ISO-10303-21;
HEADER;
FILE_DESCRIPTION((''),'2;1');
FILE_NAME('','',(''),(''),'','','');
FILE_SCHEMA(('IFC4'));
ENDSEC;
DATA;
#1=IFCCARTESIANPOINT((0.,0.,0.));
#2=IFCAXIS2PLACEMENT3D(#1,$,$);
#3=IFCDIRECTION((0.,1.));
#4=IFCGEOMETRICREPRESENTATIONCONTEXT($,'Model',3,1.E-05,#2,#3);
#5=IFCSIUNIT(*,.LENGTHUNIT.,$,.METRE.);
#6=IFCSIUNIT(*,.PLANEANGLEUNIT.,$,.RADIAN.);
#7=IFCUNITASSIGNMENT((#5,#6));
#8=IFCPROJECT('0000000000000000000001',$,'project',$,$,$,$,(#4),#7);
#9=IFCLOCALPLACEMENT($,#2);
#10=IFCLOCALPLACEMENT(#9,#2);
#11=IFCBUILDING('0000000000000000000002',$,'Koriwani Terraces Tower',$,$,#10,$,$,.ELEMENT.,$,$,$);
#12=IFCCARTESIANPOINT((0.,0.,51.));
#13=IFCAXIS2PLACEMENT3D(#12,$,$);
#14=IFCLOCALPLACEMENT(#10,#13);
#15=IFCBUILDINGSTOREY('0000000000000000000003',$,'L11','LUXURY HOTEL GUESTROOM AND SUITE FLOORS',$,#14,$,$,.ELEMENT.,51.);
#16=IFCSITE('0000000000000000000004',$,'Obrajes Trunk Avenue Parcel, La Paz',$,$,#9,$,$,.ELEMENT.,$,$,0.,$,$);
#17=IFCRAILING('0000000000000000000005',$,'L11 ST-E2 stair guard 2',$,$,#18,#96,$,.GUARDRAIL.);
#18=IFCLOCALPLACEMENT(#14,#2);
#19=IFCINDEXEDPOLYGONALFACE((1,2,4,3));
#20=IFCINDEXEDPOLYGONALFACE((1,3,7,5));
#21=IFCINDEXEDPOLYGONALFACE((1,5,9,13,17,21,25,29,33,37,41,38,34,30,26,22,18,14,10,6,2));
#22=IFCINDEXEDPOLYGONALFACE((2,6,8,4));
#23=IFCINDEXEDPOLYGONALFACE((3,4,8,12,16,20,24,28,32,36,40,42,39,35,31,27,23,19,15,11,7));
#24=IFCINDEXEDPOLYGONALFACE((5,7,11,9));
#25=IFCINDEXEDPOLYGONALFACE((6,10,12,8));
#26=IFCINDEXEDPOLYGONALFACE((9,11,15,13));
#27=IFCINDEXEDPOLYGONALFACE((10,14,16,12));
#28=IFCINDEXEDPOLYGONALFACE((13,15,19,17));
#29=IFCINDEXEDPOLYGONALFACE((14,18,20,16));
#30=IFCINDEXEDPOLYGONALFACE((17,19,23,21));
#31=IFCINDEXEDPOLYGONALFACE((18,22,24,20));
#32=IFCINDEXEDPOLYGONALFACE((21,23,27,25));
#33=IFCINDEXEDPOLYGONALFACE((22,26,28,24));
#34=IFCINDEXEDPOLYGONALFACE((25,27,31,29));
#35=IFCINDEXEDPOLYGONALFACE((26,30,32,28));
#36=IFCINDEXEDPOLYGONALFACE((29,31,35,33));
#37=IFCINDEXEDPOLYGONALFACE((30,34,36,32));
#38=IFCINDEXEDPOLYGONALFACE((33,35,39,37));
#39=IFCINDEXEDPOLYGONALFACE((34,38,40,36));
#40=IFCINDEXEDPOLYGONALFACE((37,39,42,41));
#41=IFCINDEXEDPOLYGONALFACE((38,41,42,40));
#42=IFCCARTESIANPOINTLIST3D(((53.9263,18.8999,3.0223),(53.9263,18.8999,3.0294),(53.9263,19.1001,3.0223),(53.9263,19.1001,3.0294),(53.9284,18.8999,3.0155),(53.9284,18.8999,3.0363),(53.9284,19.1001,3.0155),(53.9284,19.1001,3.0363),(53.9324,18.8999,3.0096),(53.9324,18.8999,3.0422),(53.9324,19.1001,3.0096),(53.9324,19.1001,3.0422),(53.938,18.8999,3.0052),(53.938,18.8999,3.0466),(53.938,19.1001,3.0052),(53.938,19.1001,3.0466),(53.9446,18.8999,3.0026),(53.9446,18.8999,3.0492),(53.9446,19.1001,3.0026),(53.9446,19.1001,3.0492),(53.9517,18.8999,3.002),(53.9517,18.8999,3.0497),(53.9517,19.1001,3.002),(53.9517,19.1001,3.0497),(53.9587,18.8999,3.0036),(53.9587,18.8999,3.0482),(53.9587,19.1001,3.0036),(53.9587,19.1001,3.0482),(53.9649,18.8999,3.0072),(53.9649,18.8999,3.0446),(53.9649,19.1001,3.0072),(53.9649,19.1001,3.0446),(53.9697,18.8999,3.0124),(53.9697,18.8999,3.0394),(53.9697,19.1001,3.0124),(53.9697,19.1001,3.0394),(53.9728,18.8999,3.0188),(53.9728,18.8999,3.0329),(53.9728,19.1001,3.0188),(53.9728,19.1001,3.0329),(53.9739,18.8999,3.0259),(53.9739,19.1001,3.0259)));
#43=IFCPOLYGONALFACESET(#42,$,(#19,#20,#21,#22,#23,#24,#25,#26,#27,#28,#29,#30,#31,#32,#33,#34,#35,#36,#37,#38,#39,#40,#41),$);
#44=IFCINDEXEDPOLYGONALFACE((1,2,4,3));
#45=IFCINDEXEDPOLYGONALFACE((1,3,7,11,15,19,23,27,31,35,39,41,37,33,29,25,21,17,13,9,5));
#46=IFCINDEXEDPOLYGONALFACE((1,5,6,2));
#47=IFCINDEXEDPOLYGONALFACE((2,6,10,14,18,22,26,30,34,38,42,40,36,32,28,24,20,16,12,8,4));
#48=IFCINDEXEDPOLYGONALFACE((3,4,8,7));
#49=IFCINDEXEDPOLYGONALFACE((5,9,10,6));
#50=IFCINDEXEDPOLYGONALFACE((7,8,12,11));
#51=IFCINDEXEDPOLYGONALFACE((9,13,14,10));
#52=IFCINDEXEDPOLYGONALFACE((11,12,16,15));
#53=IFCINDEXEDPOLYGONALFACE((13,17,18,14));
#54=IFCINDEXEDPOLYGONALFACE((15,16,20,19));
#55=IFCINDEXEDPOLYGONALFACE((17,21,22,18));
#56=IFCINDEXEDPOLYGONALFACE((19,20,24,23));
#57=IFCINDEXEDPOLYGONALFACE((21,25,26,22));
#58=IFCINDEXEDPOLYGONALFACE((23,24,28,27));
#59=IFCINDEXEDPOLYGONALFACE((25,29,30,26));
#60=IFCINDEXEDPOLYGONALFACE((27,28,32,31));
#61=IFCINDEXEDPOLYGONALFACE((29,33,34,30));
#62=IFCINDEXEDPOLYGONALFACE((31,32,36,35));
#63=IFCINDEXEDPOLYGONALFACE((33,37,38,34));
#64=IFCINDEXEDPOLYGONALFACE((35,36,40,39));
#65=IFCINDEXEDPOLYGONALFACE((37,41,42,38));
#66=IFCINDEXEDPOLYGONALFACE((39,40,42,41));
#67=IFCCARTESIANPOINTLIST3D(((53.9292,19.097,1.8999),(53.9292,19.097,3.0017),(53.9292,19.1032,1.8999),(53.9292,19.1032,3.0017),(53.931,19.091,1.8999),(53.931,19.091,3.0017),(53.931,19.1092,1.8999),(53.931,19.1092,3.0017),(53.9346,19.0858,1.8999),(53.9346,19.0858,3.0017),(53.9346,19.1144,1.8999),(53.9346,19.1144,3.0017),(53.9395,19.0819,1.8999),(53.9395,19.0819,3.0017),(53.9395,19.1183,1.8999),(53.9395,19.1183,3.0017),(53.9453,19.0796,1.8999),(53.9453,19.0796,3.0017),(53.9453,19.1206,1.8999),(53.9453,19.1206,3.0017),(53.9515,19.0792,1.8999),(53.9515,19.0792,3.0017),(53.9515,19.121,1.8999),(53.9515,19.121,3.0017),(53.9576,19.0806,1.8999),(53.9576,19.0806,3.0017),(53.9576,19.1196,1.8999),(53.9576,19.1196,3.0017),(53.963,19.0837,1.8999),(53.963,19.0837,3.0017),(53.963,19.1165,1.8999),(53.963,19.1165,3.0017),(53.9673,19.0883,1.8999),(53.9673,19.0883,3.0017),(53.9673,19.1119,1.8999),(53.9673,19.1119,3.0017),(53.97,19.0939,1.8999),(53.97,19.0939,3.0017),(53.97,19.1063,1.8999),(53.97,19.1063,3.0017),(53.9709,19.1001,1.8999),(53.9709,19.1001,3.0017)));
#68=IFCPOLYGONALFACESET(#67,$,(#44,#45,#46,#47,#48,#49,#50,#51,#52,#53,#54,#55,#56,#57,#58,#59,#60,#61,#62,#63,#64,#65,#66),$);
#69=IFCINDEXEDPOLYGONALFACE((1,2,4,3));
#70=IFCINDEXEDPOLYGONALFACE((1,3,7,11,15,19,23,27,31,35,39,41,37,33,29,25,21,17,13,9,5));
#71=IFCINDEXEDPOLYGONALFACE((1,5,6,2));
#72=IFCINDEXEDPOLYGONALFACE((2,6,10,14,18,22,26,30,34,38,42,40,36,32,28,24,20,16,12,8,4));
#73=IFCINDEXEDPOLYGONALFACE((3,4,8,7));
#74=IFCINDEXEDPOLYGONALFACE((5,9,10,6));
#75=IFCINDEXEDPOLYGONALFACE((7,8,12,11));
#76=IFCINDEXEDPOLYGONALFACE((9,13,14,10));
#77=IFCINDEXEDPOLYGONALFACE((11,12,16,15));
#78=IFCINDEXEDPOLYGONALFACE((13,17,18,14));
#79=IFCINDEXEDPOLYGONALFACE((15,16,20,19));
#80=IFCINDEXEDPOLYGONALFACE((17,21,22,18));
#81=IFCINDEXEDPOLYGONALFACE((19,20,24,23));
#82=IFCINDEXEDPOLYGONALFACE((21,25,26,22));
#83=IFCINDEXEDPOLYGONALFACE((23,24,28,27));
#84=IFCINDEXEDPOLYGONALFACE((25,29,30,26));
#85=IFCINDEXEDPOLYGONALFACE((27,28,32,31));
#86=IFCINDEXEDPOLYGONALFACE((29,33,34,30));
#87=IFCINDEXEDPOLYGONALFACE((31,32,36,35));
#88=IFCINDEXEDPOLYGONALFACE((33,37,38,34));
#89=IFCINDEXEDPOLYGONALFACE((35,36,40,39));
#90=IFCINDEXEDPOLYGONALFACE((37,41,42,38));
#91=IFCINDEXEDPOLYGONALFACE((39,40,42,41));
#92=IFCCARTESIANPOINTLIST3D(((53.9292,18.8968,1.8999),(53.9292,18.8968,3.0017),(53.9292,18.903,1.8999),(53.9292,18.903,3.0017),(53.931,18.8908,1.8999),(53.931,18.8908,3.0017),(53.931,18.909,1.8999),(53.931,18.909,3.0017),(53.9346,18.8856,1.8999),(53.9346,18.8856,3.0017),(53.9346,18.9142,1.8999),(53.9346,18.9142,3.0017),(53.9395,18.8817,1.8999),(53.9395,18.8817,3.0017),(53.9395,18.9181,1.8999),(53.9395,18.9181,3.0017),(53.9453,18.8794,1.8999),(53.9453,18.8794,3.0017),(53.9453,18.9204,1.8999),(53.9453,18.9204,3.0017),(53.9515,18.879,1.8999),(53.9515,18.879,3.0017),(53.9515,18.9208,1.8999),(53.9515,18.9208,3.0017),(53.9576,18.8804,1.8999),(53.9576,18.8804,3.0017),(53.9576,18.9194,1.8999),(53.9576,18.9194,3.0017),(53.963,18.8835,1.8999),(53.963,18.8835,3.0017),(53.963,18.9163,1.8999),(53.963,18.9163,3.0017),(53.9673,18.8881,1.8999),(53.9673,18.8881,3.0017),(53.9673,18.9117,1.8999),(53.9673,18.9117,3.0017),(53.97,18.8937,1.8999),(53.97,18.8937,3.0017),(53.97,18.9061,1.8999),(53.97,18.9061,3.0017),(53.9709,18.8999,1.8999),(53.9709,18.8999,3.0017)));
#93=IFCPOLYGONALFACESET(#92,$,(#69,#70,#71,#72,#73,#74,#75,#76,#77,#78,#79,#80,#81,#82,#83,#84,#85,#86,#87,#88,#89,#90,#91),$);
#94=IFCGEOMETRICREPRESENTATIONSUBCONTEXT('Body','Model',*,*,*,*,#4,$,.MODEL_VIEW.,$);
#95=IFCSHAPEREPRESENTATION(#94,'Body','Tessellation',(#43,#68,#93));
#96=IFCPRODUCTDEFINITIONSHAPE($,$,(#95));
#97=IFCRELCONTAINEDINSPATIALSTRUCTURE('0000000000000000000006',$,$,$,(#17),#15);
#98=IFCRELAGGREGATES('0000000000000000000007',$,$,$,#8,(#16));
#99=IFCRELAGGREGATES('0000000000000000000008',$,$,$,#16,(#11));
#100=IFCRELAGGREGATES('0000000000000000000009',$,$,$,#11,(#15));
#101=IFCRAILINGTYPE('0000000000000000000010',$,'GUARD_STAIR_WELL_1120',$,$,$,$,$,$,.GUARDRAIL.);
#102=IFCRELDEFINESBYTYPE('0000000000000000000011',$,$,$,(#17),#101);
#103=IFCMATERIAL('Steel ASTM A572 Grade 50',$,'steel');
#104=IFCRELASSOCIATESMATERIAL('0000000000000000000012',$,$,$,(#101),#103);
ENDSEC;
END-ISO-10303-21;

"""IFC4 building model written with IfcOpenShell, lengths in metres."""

from ifc_helpers import new_model, si_unit, direction, frame, origin, origin_2d, place, context, subcontext, project, spatial, circle, extrude, material, type_object, element, save


model = new_model("IFC4")

# Units and contexts
model_context = context("Model", 3, precision=1e-05, world=origin(), true_north=direction((0.0, 1.0)))
body_context = subcontext(model_context, "Body", "Model", "MODEL_VIEW")
ifc_project = project(units=[si_unit("LENGTHUNIT", "METRE"), si_unit("PLANEANGLEUNIT", "RADIAN")], contexts=[model_context])

# Site, building, storey
site_placement = place(None, origin())
site = spatial("IfcSite", under=ifc_project, at=site_placement, Name="Obrajes Trunk Avenue Parcel, La Paz", CompositionType="ELEMENT", RefElevation=0.0)
building_placement = place(site_placement, origin())
building = spatial("IfcBuilding", under=site, at=building_placement, Name="Koriwani Terraces Tower", CompositionType="ELEMENT")
storey_placement = place(building_placement, frame((0.0, 0.0, 51.0)))
storey = spatial("IfcBuildingStorey", under=building, at=storey_placement, Name="L11", Description="LUXURY HOTEL GUESTROOM AND SUITE FLOORS", CompositionType="ELEMENT", Elevation=51.0)

# Shared definitions
ifc_material_1 = material(Name="Steel ASTM A572 Grade 50", Category="steel")

# Railing
railing_type_1 = type_object("IfcRailingType", Name="GUARD_STAIR_WELL_1120", PredefinedType="GUARDRAIL", material=ifc_material_1)
railing_1_placement = place(storey_placement, frame((53.95, 19.1001, 1.8999)))
element("IfcRailing", 1, at=railing_1_placement, inside=storey, type_object=railing_type_1, Name="L11 ST-E2 stair guard 2", PredefinedType="GUARDRAIL", context=body_context, shape_type="SweptSolid", body=[
    extrude(circle(Radius=0.0239, at=origin_2d()), frame((0.0, 0.0, 1.126), z_axis=(0.0, -1.0, 0.0), x_axis=(1.0, 0.0, 0.0)), (0.0, 0.0, 1.0), 0.2002),
    extrude(circle(Radius=0.021, at=origin_2d()), origin(), (0.0, 0.0, 1.0), 1.1018),
    extrude(circle(Radius=0.021, at=origin_2d()), frame((0.0, -0.2002, 0.0)), (0.0, 0.0, 1.0), 1.1018),
])

save(model, "model.ifc")
